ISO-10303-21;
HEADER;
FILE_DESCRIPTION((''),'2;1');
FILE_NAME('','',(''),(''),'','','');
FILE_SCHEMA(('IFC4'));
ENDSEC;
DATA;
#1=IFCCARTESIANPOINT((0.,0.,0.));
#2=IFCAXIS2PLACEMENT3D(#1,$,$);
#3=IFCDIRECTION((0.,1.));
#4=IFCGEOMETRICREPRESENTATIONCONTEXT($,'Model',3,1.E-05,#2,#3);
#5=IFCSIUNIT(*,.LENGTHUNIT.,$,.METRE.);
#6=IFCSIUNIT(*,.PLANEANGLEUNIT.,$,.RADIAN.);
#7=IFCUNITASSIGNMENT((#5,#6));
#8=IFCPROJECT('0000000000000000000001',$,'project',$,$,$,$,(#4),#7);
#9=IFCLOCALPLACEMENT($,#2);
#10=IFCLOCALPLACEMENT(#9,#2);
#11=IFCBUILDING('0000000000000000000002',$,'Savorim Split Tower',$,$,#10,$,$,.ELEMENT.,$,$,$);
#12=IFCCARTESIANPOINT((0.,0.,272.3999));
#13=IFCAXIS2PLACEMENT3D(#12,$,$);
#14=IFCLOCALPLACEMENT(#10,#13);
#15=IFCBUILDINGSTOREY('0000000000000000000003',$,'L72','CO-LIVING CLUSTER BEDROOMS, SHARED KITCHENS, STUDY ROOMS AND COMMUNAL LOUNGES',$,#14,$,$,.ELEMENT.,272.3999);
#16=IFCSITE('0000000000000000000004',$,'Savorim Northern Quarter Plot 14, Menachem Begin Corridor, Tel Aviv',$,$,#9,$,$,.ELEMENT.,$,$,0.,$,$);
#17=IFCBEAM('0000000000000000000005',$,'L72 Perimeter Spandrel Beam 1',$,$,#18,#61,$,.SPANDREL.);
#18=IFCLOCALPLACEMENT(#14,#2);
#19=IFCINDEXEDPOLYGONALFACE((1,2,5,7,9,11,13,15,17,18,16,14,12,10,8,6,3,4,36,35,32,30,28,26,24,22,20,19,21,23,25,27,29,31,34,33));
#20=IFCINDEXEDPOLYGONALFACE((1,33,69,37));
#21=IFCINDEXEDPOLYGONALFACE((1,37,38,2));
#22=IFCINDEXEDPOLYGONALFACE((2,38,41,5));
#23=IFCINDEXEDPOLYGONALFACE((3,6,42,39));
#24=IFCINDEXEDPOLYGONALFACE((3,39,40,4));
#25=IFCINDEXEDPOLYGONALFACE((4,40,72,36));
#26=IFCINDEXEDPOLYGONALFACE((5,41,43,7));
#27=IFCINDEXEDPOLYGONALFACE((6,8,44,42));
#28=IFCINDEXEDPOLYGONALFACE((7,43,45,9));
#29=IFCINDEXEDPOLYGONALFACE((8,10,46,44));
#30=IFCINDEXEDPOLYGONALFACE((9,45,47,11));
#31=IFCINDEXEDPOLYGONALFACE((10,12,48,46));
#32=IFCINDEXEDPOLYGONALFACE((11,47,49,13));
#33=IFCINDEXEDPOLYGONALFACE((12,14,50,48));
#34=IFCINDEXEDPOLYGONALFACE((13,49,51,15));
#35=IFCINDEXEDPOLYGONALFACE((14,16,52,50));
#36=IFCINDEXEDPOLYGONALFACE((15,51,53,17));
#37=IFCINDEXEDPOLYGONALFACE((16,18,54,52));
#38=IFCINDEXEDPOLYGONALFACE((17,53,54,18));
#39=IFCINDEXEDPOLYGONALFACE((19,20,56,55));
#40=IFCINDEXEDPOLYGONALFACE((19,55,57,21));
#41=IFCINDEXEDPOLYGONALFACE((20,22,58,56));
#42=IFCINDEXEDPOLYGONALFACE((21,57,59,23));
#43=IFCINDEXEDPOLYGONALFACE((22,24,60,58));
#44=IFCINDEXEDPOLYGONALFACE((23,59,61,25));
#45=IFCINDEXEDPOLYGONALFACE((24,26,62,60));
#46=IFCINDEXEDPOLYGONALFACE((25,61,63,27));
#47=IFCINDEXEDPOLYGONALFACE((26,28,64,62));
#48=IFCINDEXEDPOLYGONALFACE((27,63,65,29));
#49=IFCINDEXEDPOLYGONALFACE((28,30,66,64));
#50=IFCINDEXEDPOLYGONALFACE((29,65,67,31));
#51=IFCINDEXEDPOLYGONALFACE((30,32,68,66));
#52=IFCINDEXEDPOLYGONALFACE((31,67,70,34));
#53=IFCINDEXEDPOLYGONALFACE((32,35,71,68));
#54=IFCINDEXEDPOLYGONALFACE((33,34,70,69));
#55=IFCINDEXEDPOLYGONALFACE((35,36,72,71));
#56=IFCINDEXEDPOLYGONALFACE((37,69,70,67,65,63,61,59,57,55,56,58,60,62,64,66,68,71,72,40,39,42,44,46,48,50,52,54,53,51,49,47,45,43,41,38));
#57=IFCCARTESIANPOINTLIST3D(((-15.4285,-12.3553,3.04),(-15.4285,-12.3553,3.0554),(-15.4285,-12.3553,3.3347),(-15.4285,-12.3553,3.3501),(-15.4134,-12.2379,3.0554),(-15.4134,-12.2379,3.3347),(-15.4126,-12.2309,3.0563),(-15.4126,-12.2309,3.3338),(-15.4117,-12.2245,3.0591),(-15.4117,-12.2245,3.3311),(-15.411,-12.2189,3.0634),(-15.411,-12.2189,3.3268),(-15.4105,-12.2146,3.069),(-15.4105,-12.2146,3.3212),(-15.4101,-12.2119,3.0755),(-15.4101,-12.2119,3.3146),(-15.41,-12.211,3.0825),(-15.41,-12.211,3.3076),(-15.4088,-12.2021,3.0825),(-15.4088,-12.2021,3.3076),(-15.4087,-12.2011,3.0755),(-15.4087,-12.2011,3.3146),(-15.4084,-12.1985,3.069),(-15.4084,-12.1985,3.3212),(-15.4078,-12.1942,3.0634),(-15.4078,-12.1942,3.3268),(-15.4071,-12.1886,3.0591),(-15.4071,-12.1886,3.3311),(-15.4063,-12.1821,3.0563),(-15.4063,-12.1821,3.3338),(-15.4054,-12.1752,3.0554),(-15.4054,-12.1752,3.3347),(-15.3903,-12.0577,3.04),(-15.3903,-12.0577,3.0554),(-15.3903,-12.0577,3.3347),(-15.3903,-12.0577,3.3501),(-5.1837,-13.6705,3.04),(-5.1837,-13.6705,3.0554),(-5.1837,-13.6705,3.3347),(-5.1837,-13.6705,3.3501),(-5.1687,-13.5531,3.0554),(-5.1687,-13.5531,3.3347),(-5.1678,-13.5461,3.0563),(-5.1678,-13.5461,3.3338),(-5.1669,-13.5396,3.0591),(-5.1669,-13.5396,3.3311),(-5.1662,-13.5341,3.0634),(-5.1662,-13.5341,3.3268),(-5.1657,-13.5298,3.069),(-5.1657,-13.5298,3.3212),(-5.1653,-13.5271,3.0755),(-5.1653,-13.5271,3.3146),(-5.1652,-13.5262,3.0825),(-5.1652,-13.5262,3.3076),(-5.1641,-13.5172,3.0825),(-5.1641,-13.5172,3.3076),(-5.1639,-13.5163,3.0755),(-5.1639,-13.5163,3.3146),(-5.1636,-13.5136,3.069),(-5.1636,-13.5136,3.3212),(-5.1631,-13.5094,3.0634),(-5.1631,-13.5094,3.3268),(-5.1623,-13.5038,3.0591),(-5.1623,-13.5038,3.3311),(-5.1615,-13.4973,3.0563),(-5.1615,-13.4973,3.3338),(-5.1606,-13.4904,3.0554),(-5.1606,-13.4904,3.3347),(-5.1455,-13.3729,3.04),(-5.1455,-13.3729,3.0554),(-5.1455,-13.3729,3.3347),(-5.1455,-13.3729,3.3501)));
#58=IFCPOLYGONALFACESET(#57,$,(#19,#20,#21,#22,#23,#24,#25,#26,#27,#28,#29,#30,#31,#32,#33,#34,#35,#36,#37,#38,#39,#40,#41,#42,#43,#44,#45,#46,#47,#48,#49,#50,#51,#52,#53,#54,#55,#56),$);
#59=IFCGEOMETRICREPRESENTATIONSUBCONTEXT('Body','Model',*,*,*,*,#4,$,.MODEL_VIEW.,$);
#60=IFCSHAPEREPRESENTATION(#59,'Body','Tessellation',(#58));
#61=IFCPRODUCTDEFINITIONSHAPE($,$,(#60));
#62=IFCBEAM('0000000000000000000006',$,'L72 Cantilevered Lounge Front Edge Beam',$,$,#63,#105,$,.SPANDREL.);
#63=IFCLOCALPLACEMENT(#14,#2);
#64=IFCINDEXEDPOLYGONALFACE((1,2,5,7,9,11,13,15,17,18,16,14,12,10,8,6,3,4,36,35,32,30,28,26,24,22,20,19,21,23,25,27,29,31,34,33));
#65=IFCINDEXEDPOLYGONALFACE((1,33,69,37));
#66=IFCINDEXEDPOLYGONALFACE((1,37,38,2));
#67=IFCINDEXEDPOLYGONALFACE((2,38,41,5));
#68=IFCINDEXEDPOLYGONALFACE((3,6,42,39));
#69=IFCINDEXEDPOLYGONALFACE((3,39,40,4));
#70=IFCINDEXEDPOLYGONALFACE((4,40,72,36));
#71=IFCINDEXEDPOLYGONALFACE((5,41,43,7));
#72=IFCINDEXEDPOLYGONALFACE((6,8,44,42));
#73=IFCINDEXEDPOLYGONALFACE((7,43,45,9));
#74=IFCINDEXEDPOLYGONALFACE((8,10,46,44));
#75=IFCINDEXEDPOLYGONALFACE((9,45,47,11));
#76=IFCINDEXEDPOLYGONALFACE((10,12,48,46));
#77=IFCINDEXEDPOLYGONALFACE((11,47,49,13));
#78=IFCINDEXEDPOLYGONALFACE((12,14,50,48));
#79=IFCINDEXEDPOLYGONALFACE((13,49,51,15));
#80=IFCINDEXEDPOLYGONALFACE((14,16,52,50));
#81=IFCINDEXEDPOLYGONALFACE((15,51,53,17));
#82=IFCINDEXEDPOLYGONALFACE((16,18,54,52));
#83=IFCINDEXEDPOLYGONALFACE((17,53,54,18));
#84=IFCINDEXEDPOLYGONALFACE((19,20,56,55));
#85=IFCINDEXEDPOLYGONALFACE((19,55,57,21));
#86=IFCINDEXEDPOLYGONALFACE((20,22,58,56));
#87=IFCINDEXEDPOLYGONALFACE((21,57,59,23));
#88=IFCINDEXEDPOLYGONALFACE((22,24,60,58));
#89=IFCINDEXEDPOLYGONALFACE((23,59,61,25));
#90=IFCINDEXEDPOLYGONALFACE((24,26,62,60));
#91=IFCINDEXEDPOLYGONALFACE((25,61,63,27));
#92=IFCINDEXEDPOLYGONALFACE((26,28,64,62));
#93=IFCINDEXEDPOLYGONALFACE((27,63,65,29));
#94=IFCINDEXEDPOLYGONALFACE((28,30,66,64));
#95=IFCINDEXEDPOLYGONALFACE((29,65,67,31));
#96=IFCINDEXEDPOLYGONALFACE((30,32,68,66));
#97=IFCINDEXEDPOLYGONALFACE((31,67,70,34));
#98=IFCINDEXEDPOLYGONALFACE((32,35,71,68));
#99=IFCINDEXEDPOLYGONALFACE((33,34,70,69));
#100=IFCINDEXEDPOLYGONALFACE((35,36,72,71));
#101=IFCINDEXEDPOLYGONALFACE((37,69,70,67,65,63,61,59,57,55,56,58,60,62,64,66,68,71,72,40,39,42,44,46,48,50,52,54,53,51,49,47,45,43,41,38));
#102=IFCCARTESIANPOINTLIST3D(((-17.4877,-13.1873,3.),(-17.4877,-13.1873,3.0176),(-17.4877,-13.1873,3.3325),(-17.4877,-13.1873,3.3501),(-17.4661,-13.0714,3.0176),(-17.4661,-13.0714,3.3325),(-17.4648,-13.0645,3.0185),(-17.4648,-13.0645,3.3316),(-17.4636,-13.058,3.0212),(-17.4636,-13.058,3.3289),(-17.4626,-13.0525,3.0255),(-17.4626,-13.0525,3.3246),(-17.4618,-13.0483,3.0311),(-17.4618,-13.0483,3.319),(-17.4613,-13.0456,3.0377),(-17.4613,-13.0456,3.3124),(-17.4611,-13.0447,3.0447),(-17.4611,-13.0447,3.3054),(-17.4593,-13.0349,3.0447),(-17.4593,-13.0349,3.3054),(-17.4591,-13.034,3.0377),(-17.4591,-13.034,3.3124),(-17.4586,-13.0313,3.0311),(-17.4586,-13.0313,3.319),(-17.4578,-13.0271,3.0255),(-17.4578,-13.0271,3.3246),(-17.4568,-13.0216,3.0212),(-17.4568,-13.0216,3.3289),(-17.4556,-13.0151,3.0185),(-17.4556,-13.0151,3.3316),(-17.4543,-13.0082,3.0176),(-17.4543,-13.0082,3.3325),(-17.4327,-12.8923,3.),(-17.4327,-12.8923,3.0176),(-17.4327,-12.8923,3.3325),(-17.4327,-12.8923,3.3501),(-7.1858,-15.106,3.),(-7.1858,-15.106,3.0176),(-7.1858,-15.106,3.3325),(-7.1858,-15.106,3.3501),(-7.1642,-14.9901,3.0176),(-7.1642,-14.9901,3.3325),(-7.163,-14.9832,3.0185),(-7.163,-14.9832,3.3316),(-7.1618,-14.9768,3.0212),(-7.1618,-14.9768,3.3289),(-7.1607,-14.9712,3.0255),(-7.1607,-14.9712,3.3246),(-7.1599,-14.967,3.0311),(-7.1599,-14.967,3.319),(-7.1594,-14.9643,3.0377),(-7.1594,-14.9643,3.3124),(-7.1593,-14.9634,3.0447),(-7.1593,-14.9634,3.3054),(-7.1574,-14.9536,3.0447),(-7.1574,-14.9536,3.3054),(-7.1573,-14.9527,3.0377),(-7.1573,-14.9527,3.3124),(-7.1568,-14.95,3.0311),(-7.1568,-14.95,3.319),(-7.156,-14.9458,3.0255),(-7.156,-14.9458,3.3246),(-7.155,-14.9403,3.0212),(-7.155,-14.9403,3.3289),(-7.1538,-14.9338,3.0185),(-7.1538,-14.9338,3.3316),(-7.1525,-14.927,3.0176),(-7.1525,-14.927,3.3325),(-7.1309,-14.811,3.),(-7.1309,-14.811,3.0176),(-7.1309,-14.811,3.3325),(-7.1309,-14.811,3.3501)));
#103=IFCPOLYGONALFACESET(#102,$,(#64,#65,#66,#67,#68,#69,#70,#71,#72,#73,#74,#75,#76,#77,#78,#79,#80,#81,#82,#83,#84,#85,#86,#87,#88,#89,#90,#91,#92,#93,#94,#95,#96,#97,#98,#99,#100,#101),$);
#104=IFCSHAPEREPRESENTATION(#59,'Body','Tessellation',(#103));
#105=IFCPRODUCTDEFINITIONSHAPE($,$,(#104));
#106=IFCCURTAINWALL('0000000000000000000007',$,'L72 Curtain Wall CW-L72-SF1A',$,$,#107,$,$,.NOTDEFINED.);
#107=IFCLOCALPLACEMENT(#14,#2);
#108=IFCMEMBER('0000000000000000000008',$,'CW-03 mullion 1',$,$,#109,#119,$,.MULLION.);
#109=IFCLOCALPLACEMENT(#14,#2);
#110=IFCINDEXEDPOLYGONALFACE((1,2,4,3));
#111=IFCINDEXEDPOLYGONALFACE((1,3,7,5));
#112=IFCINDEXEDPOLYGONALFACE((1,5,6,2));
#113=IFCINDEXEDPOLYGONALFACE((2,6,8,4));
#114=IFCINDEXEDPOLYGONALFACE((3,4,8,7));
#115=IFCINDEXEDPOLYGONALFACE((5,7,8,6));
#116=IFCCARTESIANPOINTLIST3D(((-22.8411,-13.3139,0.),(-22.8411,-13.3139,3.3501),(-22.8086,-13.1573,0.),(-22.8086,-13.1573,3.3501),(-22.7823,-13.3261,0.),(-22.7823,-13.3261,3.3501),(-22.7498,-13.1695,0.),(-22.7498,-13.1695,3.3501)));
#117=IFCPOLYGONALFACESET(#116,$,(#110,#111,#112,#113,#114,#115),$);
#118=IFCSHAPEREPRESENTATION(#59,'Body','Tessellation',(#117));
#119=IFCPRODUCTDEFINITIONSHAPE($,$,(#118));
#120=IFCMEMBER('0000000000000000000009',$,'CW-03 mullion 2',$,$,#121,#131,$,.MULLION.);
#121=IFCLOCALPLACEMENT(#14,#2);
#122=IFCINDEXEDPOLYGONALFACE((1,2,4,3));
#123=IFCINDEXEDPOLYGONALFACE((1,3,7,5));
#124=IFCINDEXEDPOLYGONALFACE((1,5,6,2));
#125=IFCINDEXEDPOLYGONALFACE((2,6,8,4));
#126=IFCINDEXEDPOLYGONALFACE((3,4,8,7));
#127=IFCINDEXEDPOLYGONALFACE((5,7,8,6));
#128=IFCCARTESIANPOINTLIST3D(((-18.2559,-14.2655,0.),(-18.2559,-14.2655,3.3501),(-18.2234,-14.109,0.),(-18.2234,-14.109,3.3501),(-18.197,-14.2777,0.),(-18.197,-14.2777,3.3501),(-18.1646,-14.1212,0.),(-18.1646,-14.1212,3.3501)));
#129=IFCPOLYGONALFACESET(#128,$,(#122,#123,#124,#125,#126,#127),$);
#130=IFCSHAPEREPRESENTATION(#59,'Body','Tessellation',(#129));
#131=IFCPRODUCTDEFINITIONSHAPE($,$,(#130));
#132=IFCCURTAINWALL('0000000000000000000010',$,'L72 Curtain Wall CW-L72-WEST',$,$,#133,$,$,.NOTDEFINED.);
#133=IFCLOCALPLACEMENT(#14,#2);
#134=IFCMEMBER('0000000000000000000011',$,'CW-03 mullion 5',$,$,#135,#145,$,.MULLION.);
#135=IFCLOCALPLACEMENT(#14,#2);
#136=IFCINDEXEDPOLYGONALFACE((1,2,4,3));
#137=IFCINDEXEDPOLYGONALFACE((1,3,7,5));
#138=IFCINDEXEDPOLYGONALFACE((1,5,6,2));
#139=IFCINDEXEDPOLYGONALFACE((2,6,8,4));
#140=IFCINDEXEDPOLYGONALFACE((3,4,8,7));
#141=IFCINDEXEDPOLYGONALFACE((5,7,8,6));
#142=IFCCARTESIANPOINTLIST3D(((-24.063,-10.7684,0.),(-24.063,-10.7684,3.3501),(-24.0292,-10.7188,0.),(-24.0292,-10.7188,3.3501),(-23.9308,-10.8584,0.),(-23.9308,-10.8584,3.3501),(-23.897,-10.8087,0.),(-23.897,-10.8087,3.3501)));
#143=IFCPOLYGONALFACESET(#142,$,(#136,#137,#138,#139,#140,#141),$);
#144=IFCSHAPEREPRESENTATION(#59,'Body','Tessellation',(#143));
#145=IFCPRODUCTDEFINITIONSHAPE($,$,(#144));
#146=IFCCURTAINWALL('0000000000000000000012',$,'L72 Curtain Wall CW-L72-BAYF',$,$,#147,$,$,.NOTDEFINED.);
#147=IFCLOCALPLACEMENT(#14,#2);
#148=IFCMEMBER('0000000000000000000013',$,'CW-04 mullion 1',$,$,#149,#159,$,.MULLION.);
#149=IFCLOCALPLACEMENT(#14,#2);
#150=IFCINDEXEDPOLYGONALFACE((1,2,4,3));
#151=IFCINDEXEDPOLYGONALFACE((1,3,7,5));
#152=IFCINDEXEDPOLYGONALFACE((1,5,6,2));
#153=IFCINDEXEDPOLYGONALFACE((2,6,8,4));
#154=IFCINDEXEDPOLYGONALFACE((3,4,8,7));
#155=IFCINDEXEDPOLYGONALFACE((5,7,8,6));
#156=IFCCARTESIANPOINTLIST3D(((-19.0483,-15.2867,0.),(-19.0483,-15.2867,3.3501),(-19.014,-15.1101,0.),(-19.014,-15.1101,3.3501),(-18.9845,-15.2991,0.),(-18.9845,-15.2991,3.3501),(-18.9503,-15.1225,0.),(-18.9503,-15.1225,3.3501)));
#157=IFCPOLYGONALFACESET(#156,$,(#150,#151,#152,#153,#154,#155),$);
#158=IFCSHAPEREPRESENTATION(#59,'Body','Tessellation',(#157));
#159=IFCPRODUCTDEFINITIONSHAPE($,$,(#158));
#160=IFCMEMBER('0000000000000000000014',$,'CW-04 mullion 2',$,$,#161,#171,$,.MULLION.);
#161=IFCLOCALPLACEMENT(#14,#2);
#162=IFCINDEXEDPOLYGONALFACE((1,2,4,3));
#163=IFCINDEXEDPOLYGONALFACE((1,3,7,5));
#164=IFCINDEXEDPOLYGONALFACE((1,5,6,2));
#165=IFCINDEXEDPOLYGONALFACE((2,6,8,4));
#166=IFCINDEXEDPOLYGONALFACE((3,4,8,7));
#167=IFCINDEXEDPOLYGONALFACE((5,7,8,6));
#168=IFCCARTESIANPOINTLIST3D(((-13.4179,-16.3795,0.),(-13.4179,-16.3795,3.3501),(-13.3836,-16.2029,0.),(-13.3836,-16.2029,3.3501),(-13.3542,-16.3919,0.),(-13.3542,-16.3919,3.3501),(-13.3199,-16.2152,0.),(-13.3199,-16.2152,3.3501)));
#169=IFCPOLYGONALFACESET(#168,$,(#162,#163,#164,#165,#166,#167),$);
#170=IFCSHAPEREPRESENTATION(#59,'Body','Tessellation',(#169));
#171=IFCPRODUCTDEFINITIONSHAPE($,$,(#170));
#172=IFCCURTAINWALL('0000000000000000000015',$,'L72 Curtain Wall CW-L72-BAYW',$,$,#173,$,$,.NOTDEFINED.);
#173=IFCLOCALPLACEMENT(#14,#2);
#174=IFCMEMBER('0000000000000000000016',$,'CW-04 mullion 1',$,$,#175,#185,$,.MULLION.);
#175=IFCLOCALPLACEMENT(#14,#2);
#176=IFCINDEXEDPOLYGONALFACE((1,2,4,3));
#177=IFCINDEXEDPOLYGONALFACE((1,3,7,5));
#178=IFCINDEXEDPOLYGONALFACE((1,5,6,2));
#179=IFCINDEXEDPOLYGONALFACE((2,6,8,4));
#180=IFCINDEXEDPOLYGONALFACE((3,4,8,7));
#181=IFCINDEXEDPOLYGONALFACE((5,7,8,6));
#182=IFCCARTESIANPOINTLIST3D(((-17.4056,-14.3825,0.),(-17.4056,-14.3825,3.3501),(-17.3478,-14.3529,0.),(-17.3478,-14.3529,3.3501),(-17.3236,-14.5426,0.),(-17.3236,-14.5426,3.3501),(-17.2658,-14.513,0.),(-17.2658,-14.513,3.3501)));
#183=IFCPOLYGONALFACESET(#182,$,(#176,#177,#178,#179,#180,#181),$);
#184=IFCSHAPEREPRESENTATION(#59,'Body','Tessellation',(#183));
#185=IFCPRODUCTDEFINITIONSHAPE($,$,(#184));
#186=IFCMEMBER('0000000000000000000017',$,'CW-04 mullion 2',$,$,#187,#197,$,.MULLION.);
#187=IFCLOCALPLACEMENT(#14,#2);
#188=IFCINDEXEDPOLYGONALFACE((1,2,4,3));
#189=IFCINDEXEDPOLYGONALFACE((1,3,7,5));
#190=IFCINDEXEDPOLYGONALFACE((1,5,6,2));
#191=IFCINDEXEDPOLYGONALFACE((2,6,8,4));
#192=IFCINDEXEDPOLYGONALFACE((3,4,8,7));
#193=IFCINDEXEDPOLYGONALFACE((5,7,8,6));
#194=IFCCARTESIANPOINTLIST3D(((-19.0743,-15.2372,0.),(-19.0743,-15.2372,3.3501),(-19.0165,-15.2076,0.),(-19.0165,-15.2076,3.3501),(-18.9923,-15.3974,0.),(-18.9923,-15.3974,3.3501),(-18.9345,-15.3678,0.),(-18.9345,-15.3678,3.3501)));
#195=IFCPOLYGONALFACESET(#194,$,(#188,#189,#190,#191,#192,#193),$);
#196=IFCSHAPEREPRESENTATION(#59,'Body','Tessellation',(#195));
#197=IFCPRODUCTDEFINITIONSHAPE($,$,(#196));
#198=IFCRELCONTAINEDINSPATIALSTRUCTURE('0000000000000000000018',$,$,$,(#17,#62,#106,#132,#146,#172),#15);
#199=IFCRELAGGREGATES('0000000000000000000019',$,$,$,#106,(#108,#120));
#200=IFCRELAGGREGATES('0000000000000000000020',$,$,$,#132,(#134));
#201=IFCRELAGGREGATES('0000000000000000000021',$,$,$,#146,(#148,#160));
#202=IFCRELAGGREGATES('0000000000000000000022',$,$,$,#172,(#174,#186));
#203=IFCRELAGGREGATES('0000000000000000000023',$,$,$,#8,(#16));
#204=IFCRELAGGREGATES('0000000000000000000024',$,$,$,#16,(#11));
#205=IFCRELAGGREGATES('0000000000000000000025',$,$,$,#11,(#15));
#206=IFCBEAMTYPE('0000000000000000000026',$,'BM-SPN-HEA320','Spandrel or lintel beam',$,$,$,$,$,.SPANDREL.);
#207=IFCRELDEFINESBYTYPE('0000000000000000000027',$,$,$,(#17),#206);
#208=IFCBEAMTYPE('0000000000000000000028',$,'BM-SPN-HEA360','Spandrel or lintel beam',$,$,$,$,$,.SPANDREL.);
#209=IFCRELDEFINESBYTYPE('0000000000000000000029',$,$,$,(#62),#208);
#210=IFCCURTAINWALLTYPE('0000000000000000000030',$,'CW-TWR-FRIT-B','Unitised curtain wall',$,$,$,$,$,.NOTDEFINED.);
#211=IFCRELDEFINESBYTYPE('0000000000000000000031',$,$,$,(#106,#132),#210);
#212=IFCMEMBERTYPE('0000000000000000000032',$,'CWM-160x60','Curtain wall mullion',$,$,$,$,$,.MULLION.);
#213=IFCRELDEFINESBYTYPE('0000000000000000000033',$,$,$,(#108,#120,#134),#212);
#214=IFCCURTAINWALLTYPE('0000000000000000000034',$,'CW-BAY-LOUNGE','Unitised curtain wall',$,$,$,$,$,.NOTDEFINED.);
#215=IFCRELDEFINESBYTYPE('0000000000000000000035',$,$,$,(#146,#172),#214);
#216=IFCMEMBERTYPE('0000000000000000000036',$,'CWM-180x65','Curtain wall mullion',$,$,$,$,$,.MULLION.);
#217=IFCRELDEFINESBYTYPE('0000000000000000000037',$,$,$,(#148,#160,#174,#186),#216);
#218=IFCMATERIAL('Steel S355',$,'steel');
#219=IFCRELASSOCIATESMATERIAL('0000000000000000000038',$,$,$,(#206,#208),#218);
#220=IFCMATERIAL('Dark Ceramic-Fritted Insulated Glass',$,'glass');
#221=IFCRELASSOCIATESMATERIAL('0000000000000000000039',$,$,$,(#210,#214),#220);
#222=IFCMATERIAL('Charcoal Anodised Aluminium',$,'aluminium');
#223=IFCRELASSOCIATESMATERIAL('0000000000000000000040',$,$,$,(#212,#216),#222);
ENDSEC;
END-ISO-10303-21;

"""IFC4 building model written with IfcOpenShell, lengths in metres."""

from ifc_helpers import new_model, si_unit, direction, frame, origin, origin_2d, place, context, subcontext, project, spatial, rectangle, i_section, extrude, material, material_profile, profile_set, type_object, element, aggregate, save


model = new_model("IFC4")

# Units and contexts
model_context = context("Model", 3, precision=1e-05, world=origin(), true_north=direction((0.0, 1.0)))
body_context = subcontext(model_context, "Body", "Model", "MODEL_VIEW")
ifc_project = project(units=[si_unit("LENGTHUNIT", "METRE"), si_unit("PLANEANGLEUNIT", "RADIAN")], contexts=[model_context])

# Site, building, storey
site_placement = place(None, origin())
site = spatial("IfcSite", under=ifc_project, at=site_placement, Name="Savorim Northern Quarter Plot 14, Menachem Begin Corridor, Tel Aviv", CompositionType="ELEMENT", RefElevation=0.0)
building_placement = place(site_placement, origin())
building = spatial("IfcBuilding", under=site, at=building_placement, Name="Savorim Split Tower", CompositionType="ELEMENT")
storey_placement = place(building_placement, frame((0.0, 0.0, 272.3999)))
storey = spatial("IfcBuildingStorey", under=building, at=storey_placement, Name="L72", Description="CO-LIVING CLUSTER BEDROOMS, SHARED KITCHENS, STUDY ROOMS AND COMMUNAL LOUNGES", CompositionType="ELEMENT", Elevation=272.3999)

# Shared definitions
ifc_material_1 = material(Name="Steel S355", Category="steel")

# Beams
ifc_material_profile_1 = material_profile(ifc_material_1, i_section(OverallWidth=0.3, OverallDepth=0.3101, WebThickness=0.009, FlangeThickness=0.0154, FilletRadius=0.0271, at=origin_2d()), Name="HEA 320")
ifc_profile_set_1 = profile_set([ifc_material_profile_1], Name="Steel S355")
beam_type_1 = type_object("IfcBeamType", Name="BM-SPN-HEA320", Description="Spandrel or lintel beam", PredefinedType="SPANDREL", material=ifc_profile_set_1)
beam_1_placement = place(storey_placement, frame((-15.4094, -12.2065, 3.1951), z_axis=(0.99186, -0.12733, 0.0), x_axis=(0.12733, 0.99186, 0.0)))
element("IfcBeam", 1, at=beam_1_placement, inside=storey, type_object=beam_type_1, Name="L72 Perimeter Spandrel Beam 1", PredefinedType="SPANDREL", context=body_context, shape_type="SweptSolid", body=[
    extrude(i_section(OverallWidth=0.3, OverallDepth=0.3101, WebThickness=0.009, FlangeThickness=0.0154, FilletRadius=0.0271, at=origin_2d()), origin(), (0.0, 0.0, 1.0), 10.3289),
])
ifc_material_profile_2 = material_profile(ifc_material_1, i_section(OverallWidth=0.3, OverallDepth=0.3501, WebThickness=0.01, FlangeThickness=0.0176, FilletRadius=0.0271, at=origin_2d()), Name="HEA 360")
ifc_profile_set_2 = profile_set([ifc_material_profile_2], Name="Steel S355")
beam_type_2 = type_object("IfcBeamType", Name="BM-SPN-HEA360", Description="Spandrel or lintel beam", PredefinedType="SPANDREL", material=ifc_profile_set_2)
beam_2_placement = place(storey_placement, frame((-17.4602, -13.0398, 3.175), z_axis=(0.983094, -0.183101, 0.0), x_axis=(0.183101, 0.983094, 0.0)))
element("IfcBeam", 2, at=beam_2_placement, inside=storey, type_object=beam_type_2, Name="L72 Cantilevered Lounge Front Edge Beam", PredefinedType="SPANDREL", context=body_context, shape_type="SweptSolid", body=[
    extrude(i_section(OverallWidth=0.3, OverallDepth=0.3501, WebThickness=0.01, FlangeThickness=0.0176, FilletRadius=0.0271, at=origin_2d()), origin(), (0.0, 0.0, 1.0), 10.479),
])

# Curtain wall, members
ifc_material_2 = material(Name="Dark Ceramic-Fritted Insulated Glass", Category="glass")
curtain_wall_type_1 = type_object("IfcCurtainWallType", Name="CW-TWR-FRIT-B", Description="Unitised curtain wall", PredefinedType="NOTDEFINED", material=ifc_material_2)
curtain_wall_1_placement = place(storey_placement, origin())
curtain_wall_1 = element("IfcCurtainWall", 3, at=curtain_wall_1_placement, inside=storey, type_object=curtain_wall_type_1, Name="L72 Curtain Wall CW-L72-SF1A", PredefinedType="NOTDEFINED")
ifc_material_3 = material(Name="Charcoal Anodised Aluminium", Category="aluminium")
ifc_material_profile_3 = material_profile(ifc_material_3, rectangle(XDim=0.1599, YDim=0.0601, at=origin_2d()), Name="ALU-M 160x60")
ifc_profile_set_3 = profile_set([ifc_material_profile_3], Name="Charcoal Anodised Aluminium")
member_type_1 = type_object("IfcMemberType", Name="CWM-160x60", Description="Curtain wall mullion", PredefinedType="MULLION", material=ifc_profile_set_3)
member_1_placement = place(storey_placement, frame((-22.7954, -13.2417, 0.0), z_axis=(0.0, 0.0, 1.0), x_axis=(0.203207, 0.979136, 0.0)))
member_1 = element("IfcMember", 4, at=member_1_placement, type_object=member_type_1, Name="CW-03 mullion 1", PredefinedType="MULLION", context=body_context, shape_type="SweptSolid", body=[
    extrude(rectangle(XDim=0.1599, YDim=0.0601, at=origin_2d()), origin(), (0.0, 0.0, 1.0), 3.3501),
])
member_2_placement = place(storey_placement, frame((-18.2102, -14.1934, 0.0), z_axis=(0.0, 0.0, 1.0), x_axis=(0.203207, 0.979136, 0.0)))
member_2 = element("IfcMember", 5, at=member_2_placement, type_object=member_type_1, Name="CW-03 mullion 2", PredefinedType="MULLION", context=body_context, shape_type="SweptSolid", body=[
    extrude(rectangle(XDim=0.1599, YDim=0.0601, at=origin_2d()), origin(), (0.0, 0.0, 1.0), 3.3501),
])

# Curtain wall, member
curtain_wall_2_placement = place(storey_placement, origin())
curtain_wall_2 = element("IfcCurtainWall", 6, at=curtain_wall_2_placement, inside=storey, type_object=curtain_wall_type_1, Name="L72 Curtain Wall CW-L72-WEST", PredefinedType="NOTDEFINED")
member_3_placement = place(storey_placement, frame((-23.98, -10.7886, 0.0), z_axis=(0.0, 0.0, 1.0), x_axis=(0.826817, -0.56247, 0.0)))
member_3 = element("IfcMember", 7, at=member_3_placement, type_object=member_type_1, Name="CW-03 mullion 5", PredefinedType="MULLION", context=body_context, shape_type="SweptSolid", body=[
    extrude(rectangle(XDim=0.1599, YDim=0.0601, at=origin_2d()), origin(), (0.0, 0.0, 1.0), 3.3501),
])

# Curtain walls, members
curtain_wall_type_2 = type_object("IfcCurtainWallType", Name="CW-BAY-LOUNGE", Description="Unitised curtain wall", PredefinedType="NOTDEFINED", material=ifc_material_2)
curtain_wall_3_placement = place(storey_placement, origin())
curtain_wall_3 = element("IfcCurtainWall", 8, at=curtain_wall_3_placement, inside=storey, type_object=curtain_wall_type_2, Name="L72 Curtain Wall CW-L72-BAYF", PredefinedType="NOTDEFINED")
ifc_material_profile_4 = material_profile(ifc_material_3, rectangle(XDim=0.1799, YDim=0.0649, at=origin_2d()), Name="ALU-M 180x65")
ifc_profile_set_4 = profile_set([ifc_material_profile_4], Name="Charcoal Anodised Aluminium")
member_type_2 = type_object("IfcMemberType", Name="CWM-180x65", Description="Curtain wall mullion", PredefinedType="MULLION", material=ifc_profile_set_4)
member_4_placement = place(storey_placement, frame((-18.9993, -15.2046, 0.0), z_axis=(0.0, 0.0, 1.0), x_axis=(0.19052, 0.981683, 0.0)))
member_4 = element("IfcMember", 9, at=member_4_placement, type_object=member_type_2, Name="CW-04 mullion 1", PredefinedType="MULLION", context=body_context, shape_type="SweptSolid", body=[
    extrude(rectangle(XDim=0.1799, YDim=0.0649, at=origin_2d()), origin(), (0.0, 0.0, 1.0), 3.3501),
])
member_5_placement = place(storey_placement, frame((-13.3689, -16.2974, 0.0), z_axis=(0.0, 0.0, 1.0), x_axis=(0.19052, 0.981683, 0.0)))
member_5 = element("IfcMember", 10, at=member_5_placement, type_object=member_type_2, Name="CW-04 mullion 2", PredefinedType="MULLION", context=body_context, shape_type="SweptSolid", body=[
    extrude(rectangle(XDim=0.1799, YDim=0.0649, at=origin_2d()), origin(), (0.0, 0.0, 1.0), 3.3501),
])
curtain_wall_4_placement = place(storey_placement, origin())
curtain_wall_4 = element("IfcCurtainWall", 11, at=curtain_wall_4_placement, inside=storey, type_object=curtain_wall_type_2, Name="L72 Curtain Wall CW-L72-BAYW", PredefinedType="NOTDEFINED")
member_6_placement = place(storey_placement, frame((-17.3357, -14.4478, 0.0), z_axis=(0.0, 0.0, 1.0), x_axis=(0.455832, -0.890066, 0.0)))
member_6 = element("IfcMember", 12, at=member_6_placement, type_object=member_type_2, Name="CW-04 mullion 1", PredefinedType="MULLION", context=body_context, shape_type="SweptSolid", body=[
    extrude(rectangle(XDim=0.1799, YDim=0.0649, at=origin_2d()), origin(), (0.0, 0.0, 1.0), 3.3501),
])
member_7_placement = place(storey_placement, frame((-19.0044, -15.3025, 0.0), z_axis=(0.0, 0.0, 1.0), x_axis=(0.455832, -0.890066, 0.0)))
member_7 = element("IfcMember", 13, at=member_7_placement, type_object=member_type_2, Name="CW-04 mullion 2", PredefinedType="MULLION", context=body_context, shape_type="SweptSolid", body=[
    extrude(rectangle(XDim=0.1799, YDim=0.0649, at=origin_2d()), origin(), (0.0, 0.0, 1.0), 3.3501),
])

aggregate(curtain_wall_1, [member_1, member_2])
aggregate(curtain_wall_2, [member_3])
aggregate(curtain_wall_3, [member_4, member_5])
aggregate(curtain_wall_4, [member_6, member_7])

save(model, "model.ifc")
